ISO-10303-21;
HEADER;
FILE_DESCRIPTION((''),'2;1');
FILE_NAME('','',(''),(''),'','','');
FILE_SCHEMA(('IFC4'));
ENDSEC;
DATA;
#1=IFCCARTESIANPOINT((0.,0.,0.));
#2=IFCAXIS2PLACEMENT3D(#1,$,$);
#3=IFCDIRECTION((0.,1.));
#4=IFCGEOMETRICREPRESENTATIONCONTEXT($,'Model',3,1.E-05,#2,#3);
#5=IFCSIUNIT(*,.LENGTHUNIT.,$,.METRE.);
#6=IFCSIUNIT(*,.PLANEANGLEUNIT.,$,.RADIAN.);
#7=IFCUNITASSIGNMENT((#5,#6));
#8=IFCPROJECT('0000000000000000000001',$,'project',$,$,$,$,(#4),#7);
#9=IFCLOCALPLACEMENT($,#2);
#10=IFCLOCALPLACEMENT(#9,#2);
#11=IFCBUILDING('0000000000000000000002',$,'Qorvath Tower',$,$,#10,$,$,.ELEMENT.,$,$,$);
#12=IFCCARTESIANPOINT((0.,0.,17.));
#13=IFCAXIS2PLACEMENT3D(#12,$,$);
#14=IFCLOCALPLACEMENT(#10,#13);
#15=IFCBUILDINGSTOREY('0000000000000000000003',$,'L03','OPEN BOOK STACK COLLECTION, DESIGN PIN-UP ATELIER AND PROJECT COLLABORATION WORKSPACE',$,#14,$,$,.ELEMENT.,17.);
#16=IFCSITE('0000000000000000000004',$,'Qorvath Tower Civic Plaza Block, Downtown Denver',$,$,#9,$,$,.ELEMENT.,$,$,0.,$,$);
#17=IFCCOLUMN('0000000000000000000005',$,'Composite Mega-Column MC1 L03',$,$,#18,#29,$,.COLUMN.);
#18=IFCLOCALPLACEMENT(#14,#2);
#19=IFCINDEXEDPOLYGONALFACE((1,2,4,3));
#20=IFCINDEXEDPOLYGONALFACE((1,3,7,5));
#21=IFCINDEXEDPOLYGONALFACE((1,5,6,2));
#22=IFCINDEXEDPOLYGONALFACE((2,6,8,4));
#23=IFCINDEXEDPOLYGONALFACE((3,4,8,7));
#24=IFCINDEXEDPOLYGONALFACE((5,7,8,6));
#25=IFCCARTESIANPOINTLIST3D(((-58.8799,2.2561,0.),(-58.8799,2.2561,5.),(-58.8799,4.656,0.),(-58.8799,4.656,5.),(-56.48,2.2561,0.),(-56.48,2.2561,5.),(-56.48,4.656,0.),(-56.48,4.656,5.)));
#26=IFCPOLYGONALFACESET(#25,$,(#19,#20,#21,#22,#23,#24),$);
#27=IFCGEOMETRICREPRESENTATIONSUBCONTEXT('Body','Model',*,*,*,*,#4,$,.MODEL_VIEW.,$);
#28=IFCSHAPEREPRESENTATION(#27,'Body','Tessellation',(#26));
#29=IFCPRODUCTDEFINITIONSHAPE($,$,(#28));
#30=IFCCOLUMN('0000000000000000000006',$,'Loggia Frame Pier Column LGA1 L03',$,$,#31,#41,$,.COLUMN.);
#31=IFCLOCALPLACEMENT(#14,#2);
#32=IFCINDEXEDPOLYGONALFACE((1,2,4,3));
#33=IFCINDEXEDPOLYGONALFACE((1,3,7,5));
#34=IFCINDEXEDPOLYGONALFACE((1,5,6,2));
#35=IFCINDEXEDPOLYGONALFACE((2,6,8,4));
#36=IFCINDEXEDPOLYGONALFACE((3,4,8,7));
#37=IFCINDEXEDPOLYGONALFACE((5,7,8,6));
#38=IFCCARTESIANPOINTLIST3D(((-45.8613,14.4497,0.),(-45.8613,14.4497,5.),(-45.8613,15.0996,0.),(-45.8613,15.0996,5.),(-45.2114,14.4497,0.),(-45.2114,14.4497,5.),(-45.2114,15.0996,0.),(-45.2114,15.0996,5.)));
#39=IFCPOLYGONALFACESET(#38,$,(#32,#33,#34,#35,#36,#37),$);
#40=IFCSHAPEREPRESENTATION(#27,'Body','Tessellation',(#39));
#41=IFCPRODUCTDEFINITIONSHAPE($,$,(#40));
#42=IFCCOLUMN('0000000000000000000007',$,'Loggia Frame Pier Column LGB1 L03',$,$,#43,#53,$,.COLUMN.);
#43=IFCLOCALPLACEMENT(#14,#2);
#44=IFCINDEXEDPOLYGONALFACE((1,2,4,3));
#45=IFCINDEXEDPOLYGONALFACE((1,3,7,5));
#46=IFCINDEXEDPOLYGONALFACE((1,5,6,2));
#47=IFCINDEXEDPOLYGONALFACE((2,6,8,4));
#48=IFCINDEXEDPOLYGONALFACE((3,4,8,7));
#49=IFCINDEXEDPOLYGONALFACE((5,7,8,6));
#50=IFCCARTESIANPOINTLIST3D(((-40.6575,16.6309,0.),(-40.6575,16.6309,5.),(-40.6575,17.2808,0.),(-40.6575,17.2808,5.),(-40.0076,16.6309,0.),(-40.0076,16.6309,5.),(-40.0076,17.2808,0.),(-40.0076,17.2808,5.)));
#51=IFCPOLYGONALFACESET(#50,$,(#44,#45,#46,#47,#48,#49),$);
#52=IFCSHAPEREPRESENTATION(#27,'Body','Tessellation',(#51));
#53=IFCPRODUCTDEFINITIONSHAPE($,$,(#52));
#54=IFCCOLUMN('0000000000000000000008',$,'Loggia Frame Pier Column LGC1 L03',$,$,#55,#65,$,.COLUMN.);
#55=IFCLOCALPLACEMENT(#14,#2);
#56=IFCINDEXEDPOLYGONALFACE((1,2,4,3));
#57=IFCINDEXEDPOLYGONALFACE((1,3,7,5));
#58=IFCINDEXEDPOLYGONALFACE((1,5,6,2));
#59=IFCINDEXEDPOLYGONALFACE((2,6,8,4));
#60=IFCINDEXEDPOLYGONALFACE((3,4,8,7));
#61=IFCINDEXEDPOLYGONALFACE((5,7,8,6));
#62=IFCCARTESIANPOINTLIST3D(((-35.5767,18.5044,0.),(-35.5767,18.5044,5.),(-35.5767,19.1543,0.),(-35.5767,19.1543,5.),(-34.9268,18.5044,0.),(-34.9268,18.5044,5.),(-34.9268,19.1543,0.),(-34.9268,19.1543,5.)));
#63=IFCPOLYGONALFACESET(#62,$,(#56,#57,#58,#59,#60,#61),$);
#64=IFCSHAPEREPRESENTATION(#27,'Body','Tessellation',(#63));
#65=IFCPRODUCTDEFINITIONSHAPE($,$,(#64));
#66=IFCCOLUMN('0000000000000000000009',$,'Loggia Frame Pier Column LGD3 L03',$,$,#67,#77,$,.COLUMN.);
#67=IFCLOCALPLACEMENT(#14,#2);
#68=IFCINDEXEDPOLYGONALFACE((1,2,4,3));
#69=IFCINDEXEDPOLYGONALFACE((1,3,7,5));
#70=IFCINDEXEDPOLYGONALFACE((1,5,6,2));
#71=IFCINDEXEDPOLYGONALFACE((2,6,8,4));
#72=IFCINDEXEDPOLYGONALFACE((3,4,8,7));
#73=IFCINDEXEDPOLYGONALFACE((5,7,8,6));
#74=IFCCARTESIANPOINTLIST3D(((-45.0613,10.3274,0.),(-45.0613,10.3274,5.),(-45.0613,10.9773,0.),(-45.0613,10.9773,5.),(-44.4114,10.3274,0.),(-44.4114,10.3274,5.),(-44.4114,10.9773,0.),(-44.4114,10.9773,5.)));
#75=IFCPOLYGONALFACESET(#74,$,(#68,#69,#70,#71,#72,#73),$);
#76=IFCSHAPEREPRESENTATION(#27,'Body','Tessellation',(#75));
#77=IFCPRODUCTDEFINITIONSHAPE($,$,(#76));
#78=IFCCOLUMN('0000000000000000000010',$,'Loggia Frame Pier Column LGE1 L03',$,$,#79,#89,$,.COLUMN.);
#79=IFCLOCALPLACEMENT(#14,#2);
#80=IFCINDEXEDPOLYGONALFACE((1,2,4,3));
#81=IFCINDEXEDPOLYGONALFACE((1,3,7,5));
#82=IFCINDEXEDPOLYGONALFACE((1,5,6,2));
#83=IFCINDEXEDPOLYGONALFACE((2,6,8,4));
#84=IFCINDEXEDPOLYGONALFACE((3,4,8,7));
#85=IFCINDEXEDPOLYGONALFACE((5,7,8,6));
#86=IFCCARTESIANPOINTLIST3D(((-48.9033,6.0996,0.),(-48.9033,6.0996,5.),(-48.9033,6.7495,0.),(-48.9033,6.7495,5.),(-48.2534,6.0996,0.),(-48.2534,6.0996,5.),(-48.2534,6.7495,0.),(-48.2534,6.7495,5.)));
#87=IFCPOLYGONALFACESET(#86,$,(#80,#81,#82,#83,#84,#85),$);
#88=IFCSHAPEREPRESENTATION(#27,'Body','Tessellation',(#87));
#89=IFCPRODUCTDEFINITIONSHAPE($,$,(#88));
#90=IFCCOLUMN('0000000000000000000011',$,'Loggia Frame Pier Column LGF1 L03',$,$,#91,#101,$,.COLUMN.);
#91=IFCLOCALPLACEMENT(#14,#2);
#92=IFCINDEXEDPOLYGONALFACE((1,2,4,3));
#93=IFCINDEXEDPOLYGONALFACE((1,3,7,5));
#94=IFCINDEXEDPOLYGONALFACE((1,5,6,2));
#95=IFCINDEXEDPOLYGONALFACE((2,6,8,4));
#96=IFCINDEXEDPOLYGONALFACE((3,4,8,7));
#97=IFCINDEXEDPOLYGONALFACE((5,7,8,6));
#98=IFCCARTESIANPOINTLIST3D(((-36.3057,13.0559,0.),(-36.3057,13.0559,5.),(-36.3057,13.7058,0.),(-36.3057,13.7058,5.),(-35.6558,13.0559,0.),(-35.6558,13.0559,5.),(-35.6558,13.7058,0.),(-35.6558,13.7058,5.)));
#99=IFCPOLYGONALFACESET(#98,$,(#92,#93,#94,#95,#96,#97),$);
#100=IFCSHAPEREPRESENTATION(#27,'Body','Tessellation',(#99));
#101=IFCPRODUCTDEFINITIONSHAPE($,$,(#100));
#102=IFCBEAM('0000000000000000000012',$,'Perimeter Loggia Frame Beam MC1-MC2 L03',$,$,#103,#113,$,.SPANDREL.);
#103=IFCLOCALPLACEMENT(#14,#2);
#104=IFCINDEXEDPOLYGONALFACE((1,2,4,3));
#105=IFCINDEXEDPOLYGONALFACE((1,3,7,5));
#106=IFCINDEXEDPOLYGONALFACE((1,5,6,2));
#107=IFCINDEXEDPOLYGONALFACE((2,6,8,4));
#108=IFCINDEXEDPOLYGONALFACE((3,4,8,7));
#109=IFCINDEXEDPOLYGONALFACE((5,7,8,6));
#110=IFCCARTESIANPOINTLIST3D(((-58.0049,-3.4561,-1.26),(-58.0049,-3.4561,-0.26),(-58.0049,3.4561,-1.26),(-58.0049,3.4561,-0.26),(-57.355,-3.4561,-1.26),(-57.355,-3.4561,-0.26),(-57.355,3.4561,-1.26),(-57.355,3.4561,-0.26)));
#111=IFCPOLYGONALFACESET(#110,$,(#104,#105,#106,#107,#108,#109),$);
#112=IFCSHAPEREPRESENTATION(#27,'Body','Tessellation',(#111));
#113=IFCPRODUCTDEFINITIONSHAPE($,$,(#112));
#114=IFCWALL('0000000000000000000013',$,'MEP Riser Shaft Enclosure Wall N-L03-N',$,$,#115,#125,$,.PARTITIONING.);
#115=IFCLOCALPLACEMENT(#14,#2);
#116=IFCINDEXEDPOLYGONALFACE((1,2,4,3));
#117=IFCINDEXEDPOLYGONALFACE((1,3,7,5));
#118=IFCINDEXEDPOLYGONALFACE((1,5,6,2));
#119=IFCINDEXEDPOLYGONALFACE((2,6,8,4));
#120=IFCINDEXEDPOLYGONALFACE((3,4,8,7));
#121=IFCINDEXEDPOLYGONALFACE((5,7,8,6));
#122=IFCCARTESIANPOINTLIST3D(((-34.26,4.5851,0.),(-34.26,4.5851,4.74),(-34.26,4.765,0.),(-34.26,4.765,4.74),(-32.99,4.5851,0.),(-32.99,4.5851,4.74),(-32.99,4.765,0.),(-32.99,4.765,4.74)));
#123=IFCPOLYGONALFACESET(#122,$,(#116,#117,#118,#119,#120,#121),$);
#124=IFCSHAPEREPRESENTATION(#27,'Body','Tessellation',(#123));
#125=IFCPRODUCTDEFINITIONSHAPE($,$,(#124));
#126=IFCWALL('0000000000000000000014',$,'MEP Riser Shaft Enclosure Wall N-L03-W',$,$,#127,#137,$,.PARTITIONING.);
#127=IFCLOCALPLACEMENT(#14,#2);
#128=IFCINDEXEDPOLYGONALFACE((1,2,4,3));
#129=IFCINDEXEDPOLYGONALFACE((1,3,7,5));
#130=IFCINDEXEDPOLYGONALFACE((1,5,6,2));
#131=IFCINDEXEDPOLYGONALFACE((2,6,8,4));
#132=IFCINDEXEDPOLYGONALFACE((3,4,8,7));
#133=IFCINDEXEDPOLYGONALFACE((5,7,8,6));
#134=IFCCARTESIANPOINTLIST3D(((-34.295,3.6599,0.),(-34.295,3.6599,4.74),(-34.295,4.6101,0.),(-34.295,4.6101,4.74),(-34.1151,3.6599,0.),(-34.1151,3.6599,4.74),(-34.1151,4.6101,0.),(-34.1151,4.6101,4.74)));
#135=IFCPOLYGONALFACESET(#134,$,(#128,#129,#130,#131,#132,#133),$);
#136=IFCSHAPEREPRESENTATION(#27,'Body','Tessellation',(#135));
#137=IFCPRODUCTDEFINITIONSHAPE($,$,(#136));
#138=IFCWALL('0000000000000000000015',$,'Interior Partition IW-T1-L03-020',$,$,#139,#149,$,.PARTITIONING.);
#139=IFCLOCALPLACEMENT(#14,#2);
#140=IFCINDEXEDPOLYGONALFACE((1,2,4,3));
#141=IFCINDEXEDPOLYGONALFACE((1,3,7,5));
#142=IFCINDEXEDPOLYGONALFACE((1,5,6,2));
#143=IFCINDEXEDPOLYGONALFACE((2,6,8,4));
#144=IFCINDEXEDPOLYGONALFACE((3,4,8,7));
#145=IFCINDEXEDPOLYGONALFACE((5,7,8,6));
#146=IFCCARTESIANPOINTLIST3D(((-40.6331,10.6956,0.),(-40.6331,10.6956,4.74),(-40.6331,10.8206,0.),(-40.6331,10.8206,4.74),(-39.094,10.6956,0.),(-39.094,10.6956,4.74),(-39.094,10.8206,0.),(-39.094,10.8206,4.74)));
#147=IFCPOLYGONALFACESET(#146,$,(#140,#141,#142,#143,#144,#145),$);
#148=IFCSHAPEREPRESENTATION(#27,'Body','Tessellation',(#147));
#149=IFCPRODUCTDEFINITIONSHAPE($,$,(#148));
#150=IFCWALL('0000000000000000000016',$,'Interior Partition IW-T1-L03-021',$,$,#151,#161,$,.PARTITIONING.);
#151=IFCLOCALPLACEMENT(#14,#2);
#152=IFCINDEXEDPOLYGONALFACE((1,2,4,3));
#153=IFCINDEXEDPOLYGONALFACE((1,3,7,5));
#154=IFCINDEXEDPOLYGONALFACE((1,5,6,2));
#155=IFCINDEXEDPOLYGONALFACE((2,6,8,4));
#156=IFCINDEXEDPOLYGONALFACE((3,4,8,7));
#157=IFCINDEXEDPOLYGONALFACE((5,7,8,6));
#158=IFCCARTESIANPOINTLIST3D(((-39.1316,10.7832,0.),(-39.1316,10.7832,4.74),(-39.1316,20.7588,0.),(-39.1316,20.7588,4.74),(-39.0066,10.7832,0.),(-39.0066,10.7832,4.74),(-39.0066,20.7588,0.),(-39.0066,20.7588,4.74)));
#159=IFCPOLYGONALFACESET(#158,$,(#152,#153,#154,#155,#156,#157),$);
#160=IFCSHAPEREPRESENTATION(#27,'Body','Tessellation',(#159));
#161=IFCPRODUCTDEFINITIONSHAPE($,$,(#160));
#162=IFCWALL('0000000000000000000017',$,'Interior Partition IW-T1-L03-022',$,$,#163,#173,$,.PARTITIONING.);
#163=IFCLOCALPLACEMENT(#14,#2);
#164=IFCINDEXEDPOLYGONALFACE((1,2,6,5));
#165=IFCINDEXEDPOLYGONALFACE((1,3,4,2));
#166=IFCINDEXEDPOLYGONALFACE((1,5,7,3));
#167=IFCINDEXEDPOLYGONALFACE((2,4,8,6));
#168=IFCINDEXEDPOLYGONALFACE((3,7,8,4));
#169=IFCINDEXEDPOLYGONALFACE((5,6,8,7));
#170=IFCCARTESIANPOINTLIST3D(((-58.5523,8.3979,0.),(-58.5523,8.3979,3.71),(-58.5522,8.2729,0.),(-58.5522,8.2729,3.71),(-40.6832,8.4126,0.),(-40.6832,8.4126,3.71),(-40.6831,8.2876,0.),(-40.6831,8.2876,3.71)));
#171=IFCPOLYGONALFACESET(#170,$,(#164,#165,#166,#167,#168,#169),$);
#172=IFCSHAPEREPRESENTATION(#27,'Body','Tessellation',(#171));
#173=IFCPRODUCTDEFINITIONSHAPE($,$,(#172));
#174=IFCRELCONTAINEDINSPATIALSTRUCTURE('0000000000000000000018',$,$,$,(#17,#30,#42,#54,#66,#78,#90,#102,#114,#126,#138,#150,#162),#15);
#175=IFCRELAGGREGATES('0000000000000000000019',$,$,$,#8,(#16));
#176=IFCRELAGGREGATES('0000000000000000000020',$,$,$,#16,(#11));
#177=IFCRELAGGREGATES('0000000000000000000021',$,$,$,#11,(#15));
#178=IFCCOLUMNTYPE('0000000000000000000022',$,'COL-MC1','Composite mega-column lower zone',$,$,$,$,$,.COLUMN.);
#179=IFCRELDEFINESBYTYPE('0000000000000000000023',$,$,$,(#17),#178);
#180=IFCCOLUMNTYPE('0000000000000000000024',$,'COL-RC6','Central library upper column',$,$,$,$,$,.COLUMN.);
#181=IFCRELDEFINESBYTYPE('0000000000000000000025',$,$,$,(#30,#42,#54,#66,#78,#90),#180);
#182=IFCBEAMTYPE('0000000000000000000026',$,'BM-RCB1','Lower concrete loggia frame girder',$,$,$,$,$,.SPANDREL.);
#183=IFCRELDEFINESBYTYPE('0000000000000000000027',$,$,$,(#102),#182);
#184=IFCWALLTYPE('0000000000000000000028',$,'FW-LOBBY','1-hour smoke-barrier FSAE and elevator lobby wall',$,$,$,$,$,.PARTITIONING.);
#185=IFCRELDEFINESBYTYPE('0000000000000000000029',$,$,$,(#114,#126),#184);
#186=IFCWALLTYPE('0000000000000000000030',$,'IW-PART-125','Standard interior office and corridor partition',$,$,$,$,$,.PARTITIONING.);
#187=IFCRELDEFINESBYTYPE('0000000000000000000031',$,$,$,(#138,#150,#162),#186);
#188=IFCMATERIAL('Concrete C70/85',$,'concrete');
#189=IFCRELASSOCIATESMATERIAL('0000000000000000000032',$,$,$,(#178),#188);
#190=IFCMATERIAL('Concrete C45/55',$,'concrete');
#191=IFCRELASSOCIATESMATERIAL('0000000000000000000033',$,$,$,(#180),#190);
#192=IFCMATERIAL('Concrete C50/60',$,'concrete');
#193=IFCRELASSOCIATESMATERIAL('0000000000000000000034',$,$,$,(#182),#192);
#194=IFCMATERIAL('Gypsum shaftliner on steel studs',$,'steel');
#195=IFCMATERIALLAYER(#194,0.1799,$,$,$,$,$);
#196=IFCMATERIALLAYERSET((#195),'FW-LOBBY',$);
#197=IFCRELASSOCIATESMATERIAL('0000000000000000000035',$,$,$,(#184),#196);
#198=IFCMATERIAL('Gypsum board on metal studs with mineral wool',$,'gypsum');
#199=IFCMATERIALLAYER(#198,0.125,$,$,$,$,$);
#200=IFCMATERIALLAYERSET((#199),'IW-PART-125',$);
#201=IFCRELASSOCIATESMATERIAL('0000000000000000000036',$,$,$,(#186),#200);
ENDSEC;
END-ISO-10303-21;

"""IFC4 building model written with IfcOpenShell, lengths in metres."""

from ifc_helpers import new_model, si_unit, direction, frame, frame_2d, origin, origin_2d, place, context, subcontext, project, spatial, rectangle, extrude, material, layer, layer_set, material_profile, profile_set, type_object, element, save


model = new_model("IFC4")

# Units and contexts
model_context = context("Model", 3, precision=1e-05, world=origin(), true_north=direction((0.0, 1.0)))
body_context = subcontext(model_context, "Body", "Model", "MODEL_VIEW")
ifc_project = project(units=[si_unit("LENGTHUNIT", "METRE"), si_unit("PLANEANGLEUNIT", "RADIAN")], contexts=[model_context])

# Site, building, storey
site_placement = place(None, origin())
site = spatial("IfcSite", under=ifc_project, at=site_placement, Name="Qorvath Tower Civic Plaza Block, Downtown Denver", CompositionType="ELEMENT", RefElevation=0.0)
building_placement = place(site_placement, origin())
building = spatial("IfcBuilding", under=site, at=building_placement, Name="Qorvath Tower", CompositionType="ELEMENT")
storey_placement = place(building_placement, frame((0.0, 0.0, 17.0)))
storey = spatial("IfcBuildingStorey", under=building, at=storey_placement, Name="L03", Description="OPEN BOOK STACK COLLECTION, DESIGN PIN-UP ATELIER AND PROJECT COLLABORATION WORKSPACE", CompositionType="ELEMENT", Elevation=17.0)

# Columns
ifc_material_1 = material(Name="Concrete C70/85", Category="concrete")
ifc_material_profile_1 = material_profile(ifc_material_1, rectangle(XDim=2.3999, YDim=2.3999, at=origin_2d()), Name="MC 2400x2400")
ifc_profile_set_1 = profile_set([ifc_material_profile_1], Name="Concrete C70/85")
column_type_1 = type_object("IfcColumnType", Name="COL-MC1", Description="Composite mega-column lower zone", PredefinedType="COLUMN", material=ifc_profile_set_1)
column_placement = place(storey_placement, frame((-57.6799, 3.4561, 0.0), z_axis=(0.0, 0.0, 1.0), x_axis=(1.0, 0.0, 0.0)))
element("IfcColumn", 1, at=column_placement, inside=storey, type_object=column_type_1, Name="Composite Mega-Column MC1 L03", PredefinedType="COLUMN", context=body_context, shape_type="SweptSolid", body=[
    extrude(rectangle(XDim=2.3999, YDim=2.3999, at=origin_2d()), origin(), (0.0, 0.0, 1.0), 5.0),
])
ifc_material_2 = material(Name="Concrete C45/55", Category="concrete")
ifc_material_profile_2 = material_profile(ifc_material_2, rectangle(XDim=0.6499, YDim=0.6499, at=origin_2d()), Name="RC 650x650")
ifc_profile_set_2 = profile_set([ifc_material_profile_2], Name="Concrete C45/55")
column_type_2 = type_object("IfcColumnType", Name="COL-RC6", Description="Central library upper column", PredefinedType="COLUMN", material=ifc_profile_set_2)
for number, where, z_axis, x_axis, name in (
    (2, (-45.5364, 14.7747, 0.0), (0.0, 0.0, 1.0), (1.0, 0.0, 0.0), "Loggia Frame Pier Column LGA1 L03"),
    (3, (-40.3325, 16.9558, 0.0), (0.0, 0.0, 1.0), (1.0, 0.0, 0.0), "Loggia Frame Pier Column LGB1 L03"),
    (4, (-35.2517, 18.8293, 0.0), (0.0, 0.0, 1.0), (1.0, 0.0, 0.0), "Loggia Frame Pier Column LGC1 L03"),
    (5, (-44.7363, 10.6523, 0.0), (0.0, 0.0, 1.0), (1.0, 0.0, 0.0), "Loggia Frame Pier Column LGD3 L03"),
    (6, (-48.5784, 6.4246, 0.0), (0.0, 0.0, 1.0), (1.0, 0.0, 0.0), "Loggia Frame Pier Column LGE1 L03"),
    (7, (-35.9807, 13.3809, 0.0), (0.0, 0.0, 1.0), (1.0, 0.0, 0.0), "Loggia Frame Pier Column LGF1 L03"),
):
    element("IfcColumn", number, at=place(storey_placement, frame(where, z_axis=z_axis, x_axis=x_axis)), inside=storey, type_object=column_type_2, Name=name, PredefinedType="COLUMN", context=body_context, shape_type="SweptSolid", body=[
        extrude(rectangle(XDim=0.6499, YDim=0.6499, at=origin_2d()), origin(), (0.0, 0.0, 1.0), 5.0),
    ])

# Beam
ifc_material_3 = material(Name="Concrete C50/60", Category="concrete")
ifc_material_profile_3 = material_profile(ifc_material_3, rectangle(XDim=0.6499, YDim=1.0, at=origin_2d()), Name="RCB 1000x650")
ifc_profile_set_3 = profile_set([ifc_material_profile_3], Name="Concrete C50/60")
beam_type = type_object("IfcBeamType", Name="BM-RCB1", Description="Lower concrete loggia frame girder", PredefinedType="SPANDREL", material=ifc_profile_set_3)
beam_placement = place(storey_placement, frame((-57.6799, 3.4561, -0.76), z_axis=(0.0, -1.0, 0.0), x_axis=(1.0, 0.0, 0.0)))
element("IfcBeam", 8, at=beam_placement, inside=storey, type_object=beam_type, Name="Perimeter Loggia Frame Beam MC1-MC2 L03", PredefinedType="SPANDREL", context=body_context, shape_type="SweptSolid", body=[
    extrude(rectangle(XDim=0.6499, YDim=1.0, at=origin_2d()), origin(), (0.0, 0.0, 1.0), 6.9121),
])

# Walls
ifc_material_4 = material(Name="Gypsum shaftliner on steel studs", Category="steel")
ifc_layer_1 = layer(ifc_material_4, 0.1799)
ifc_layer_set_1 = layer_set([ifc_layer_1], Name="FW-LOBBY")
wall_type_1 = type_object("IfcWallType", Name="FW-LOBBY", Description="1-hour smoke-barrier FSAE and elevator lobby wall", PredefinedType="PARTITIONING", material=ifc_layer_set_1)
wall_1_placement = place(storey_placement, frame((-34.26, 4.675, 0.0), z_axis=(0.0, 0.0, 1.0), x_axis=(1.0, 0.0, 0.0)))
element("IfcWall", 9, at=wall_1_placement, inside=storey, type_object=wall_type_1, Name="MEP Riser Shaft Enclosure Wall N-L03-N", PredefinedType="PARTITIONING", context=body_context, shape_type="SweptSolid", body=[
    extrude(rectangle(XDim=1.27, YDim=0.1799, at=frame_2d((0.635, 0.0))), origin(), (0.0, 0.0, 1.0), 4.74),
])
wall_2_placement = place(storey_placement, frame((-34.2051, 3.6599, 0.0), z_axis=(0.0, 0.0, 1.0), x_axis=(0.0, 1.0, 0.0)))
element("IfcWall", 10, at=wall_2_placement, inside=storey, type_object=wall_type_1, Name="MEP Riser Shaft Enclosure Wall N-L03-W", PredefinedType="PARTITIONING", context=body_context, shape_type="SweptSolid", body=[
    extrude(rectangle(XDim=0.9502, YDim=0.1799, at=frame_2d((0.4751, 0.0))), origin(), (0.0, 0.0, 1.0), 4.74),
])

# Shared definitions
ifc_material_5 = material(Name="Gypsum board on metal studs with mineral wool", Category="gypsum")
ifc_layer_2 = layer(ifc_material_5, 0.125)
ifc_layer_set_2 = layer_set([ifc_layer_2], Name="IW-PART-125")
wall_type_2 = type_object("IfcWallType", Name="IW-PART-125", Description="Standard interior office and corridor partition", PredefinedType="PARTITIONING", material=ifc_layer_set_2)

# Walls
wall_3_placement = place(storey_placement, frame((-40.6331, 10.7581, 0.0), z_axis=(0.0, 0.0, 1.0), x_axis=(1.0, 0.0, 0.0)))
element("IfcWall", 11, at=wall_3_placement, inside=storey, type_object=wall_type_2, Name="Interior Partition IW-T1-L03-020", PredefinedType="PARTITIONING", context=body_context, shape_type="SweptSolid", body=[
    extrude(rectangle(XDim=1.5391, YDim=0.125, at=frame_2d((0.7695, 0.0))), origin(), (0.0, 0.0, 1.0), 4.74),
])
wall_4_placement = place(storey_placement, frame((-39.0691, 10.7832, 0.0), z_axis=(0.0, 0.0, 1.0), x_axis=(0.0, 1.0, 0.0)))
element("IfcWall", 12, at=wall_4_placement, inside=storey, type_object=wall_type_2, Name="Interior Partition IW-T1-L03-021", PredefinedType="PARTITIONING", context=body_context, shape_type="SweptSolid", body=[
    extrude(rectangle(XDim=9.9756, YDim=0.125, at=frame_2d((4.9878, 0.0))), origin(), (0.0, 0.0, 1.0), 4.74),
])
wall_5_placement = place(storey_placement, frame((-58.5522, 8.3354, 0.0), z_axis=(0.0, 0.0, 1.0), x_axis=(1.0, 0.00082, 0.0)))
element("IfcWall", 13, at=wall_5_placement, inside=storey, type_object=wall_type_2, Name="Interior Partition IW-T1-L03-022", PredefinedType="PARTITIONING", context=body_context, shape_type="SweptSolid", body=[
    extrude(rectangle(XDim=17.8691, YDim=0.125, at=frame_2d((8.9346, 0.0))), origin(), (0.0, 0.0, 1.0), 3.71),
])

save(model, "model.ifc")
